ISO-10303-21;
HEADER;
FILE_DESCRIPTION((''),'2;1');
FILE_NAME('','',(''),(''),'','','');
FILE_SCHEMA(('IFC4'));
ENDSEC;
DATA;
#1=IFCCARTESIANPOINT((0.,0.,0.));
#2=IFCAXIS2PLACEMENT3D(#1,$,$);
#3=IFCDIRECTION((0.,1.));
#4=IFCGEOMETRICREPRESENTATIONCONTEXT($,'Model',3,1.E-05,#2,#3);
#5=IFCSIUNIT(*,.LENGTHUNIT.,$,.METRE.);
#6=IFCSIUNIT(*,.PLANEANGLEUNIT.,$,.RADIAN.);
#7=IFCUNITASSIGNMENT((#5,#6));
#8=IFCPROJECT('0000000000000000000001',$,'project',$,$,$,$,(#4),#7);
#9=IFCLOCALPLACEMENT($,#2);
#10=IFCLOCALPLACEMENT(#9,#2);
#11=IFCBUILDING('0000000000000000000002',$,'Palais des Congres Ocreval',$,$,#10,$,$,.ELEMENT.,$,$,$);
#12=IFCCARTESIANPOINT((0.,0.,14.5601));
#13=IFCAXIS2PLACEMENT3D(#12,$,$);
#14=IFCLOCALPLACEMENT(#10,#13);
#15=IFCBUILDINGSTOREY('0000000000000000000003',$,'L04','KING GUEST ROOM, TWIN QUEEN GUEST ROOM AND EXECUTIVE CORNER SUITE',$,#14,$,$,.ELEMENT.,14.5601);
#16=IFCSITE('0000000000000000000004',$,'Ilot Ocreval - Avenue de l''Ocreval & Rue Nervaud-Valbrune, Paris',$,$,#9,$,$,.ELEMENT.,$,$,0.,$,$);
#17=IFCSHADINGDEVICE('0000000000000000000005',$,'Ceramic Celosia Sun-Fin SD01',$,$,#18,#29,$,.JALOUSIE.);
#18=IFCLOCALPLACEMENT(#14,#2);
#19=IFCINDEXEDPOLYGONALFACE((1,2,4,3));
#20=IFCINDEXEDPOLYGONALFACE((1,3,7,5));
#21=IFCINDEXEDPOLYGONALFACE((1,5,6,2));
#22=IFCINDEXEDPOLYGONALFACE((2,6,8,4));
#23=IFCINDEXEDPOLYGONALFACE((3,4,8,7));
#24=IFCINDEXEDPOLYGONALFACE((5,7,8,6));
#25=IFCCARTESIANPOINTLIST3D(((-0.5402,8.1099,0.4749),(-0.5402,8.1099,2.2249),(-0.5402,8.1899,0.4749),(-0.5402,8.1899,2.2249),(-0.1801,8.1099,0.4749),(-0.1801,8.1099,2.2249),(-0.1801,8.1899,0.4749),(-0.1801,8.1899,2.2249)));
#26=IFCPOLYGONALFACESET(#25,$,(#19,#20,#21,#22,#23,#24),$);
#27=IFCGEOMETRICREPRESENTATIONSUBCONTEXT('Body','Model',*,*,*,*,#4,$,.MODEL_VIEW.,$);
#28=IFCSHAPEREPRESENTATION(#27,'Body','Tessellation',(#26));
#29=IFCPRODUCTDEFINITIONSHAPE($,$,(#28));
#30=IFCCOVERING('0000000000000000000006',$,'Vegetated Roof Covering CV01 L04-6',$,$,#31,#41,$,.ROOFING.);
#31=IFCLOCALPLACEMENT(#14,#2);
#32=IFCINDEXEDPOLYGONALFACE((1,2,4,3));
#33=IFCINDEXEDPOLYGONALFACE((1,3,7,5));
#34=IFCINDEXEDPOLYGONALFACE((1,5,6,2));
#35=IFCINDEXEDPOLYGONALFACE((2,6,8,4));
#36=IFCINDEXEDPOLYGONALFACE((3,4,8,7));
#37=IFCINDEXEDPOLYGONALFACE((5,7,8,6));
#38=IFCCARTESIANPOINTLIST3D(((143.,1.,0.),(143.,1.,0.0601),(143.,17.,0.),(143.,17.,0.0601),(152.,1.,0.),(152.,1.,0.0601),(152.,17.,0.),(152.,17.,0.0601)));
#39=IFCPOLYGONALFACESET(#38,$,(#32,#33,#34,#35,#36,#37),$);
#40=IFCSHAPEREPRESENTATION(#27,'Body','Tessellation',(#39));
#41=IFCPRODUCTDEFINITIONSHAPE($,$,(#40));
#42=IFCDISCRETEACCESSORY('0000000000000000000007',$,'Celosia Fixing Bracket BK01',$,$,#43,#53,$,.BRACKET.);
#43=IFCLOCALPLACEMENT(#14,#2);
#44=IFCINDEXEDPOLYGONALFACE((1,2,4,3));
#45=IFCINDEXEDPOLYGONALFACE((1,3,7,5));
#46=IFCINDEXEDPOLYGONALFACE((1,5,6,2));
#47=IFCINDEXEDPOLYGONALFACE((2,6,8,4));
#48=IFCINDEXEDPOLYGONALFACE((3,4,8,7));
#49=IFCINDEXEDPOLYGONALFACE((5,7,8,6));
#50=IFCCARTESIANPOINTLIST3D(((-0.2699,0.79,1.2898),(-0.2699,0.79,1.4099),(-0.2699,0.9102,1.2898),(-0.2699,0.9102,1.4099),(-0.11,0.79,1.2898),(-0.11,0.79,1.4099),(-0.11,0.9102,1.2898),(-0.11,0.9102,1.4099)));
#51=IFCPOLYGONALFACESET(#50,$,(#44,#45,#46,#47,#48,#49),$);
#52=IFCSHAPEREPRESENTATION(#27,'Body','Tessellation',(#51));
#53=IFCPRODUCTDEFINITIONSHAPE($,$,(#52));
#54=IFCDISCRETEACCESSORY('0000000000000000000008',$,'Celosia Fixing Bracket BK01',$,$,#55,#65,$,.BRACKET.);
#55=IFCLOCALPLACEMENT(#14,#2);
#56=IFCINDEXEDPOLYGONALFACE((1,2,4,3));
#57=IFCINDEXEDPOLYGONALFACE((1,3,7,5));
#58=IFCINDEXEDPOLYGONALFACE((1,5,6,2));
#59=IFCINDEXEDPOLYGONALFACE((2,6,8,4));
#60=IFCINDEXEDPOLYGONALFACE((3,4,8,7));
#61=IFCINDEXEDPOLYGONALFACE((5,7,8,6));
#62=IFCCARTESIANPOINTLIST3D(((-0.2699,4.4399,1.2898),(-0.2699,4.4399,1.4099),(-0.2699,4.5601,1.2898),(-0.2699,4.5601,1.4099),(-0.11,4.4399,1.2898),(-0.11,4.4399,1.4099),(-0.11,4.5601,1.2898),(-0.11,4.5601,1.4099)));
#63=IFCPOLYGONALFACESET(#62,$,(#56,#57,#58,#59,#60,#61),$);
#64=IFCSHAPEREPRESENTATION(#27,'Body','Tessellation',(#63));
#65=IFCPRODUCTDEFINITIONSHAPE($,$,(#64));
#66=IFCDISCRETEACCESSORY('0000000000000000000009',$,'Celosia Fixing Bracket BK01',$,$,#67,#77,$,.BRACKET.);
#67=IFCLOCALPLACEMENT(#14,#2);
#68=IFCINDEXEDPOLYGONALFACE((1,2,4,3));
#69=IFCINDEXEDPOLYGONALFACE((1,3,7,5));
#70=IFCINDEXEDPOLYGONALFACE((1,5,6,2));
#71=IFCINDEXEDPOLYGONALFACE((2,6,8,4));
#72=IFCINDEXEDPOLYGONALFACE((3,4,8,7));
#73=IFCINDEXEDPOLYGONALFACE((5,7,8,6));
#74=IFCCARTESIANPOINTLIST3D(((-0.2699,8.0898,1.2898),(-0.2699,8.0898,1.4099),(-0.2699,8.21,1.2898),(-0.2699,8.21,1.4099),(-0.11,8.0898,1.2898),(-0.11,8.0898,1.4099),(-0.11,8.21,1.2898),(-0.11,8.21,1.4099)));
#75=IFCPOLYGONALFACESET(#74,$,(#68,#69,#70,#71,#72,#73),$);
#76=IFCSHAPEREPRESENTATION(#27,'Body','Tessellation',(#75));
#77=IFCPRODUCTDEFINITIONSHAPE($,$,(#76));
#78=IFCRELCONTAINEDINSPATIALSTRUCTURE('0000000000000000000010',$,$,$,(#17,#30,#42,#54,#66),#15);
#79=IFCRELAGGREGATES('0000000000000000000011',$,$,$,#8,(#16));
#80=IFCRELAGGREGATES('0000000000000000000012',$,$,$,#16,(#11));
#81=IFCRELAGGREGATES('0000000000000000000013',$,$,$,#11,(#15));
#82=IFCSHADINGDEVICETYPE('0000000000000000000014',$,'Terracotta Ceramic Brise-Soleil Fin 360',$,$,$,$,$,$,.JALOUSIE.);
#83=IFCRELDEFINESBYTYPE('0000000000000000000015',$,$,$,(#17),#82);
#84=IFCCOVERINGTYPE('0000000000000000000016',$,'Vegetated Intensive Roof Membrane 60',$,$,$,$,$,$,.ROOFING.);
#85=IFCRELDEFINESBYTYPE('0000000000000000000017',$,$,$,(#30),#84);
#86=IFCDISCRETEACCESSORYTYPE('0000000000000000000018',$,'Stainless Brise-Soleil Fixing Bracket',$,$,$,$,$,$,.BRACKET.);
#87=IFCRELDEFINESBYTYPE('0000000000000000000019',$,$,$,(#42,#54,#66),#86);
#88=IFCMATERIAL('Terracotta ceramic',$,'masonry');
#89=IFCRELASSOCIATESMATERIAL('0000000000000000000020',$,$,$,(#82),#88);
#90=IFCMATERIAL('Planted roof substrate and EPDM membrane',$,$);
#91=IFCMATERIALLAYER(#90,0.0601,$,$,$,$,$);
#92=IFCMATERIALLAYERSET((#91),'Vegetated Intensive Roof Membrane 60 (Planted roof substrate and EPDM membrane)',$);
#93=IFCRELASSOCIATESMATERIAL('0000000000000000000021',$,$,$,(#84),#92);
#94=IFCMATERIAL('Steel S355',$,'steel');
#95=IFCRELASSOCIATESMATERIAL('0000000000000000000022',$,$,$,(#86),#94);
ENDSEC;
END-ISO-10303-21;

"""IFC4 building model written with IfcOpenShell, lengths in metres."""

from ifc_helpers import new_model, si_unit, direction, frame, origin, origin_2d, place, context, subcontext, project, spatial, polyline, rectangle, outline, extrude, material, layer, layer_set, type_object, element, save


model = new_model("IFC4")

# Units and contexts
model_context = context("Model", 3, precision=1e-05, world=origin(), true_north=direction((0.0, 1.0)))
body_context = subcontext(model_context, "Body", "Model", "MODEL_VIEW")
ifc_project = project(units=[si_unit("LENGTHUNIT", "METRE"), si_unit("PLANEANGLEUNIT", "RADIAN")], contexts=[model_context])

# Site, building, storey
site_placement = place(None, origin())
site = spatial("IfcSite", under=ifc_project, at=site_placement, Name="Ilot Ocreval - Avenue de l'Ocreval & Rue Nervaud-Valbrune, Paris", CompositionType="ELEMENT", RefElevation=0.0)
building_placement = place(site_placement, origin())
building = spatial("IfcBuilding", under=site, at=building_placement, Name="Palais des Congres Ocreval", CompositionType="ELEMENT")
storey_placement = place(building_placement, frame((0.0, 0.0, 14.5601)))
storey = spatial("IfcBuildingStorey", under=building, at=storey_placement, Name="L04", Description="KING GUEST ROOM, TWIN QUEEN GUEST ROOM AND EXECUTIVE CORNER SUITE", CompositionType="ELEMENT", Elevation=14.5601)

# Shared definitions
ifc_material_1 = material(Name="Steel S355", Category="steel")

# Shading device
ifc_material_2 = material(Name="Terracotta ceramic", Category="masonry")
shading_device_type = type_object("IfcShadingDeviceType", Name="Terracotta Ceramic Brise-Soleil Fin 360", PredefinedType="JALOUSIE", material=ifc_material_2)
for number, where, z_axis, x_axis, name in (
    (1, (-0.3601, 8.1499, 0.4749), (0.0, 0.0, 1.0), (-1.0, 0.0, 0.0), "Ceramic Celosia Sun-Fin SD01"),
):
    element("IfcShadingDevice", number, at=place(storey_placement, frame(where, z_axis=z_axis, x_axis=x_axis)), inside=storey, type_object=shading_device_type, Name=name, PredefinedType="JALOUSIE", context=body_context, shape_type="SweptSolid", body=[
        extrude(rectangle(XDim=0.3601, YDim=0.0801, at=origin_2d()), origin(), (0.0, 0.0, 1.0), 1.75),
    ])

# Covering
ifc_material_3 = material(Name="Planted roof substrate and EPDM membrane")
ifc_layer_1 = layer(ifc_material_3, 0.0601)
ifc_layer_set_1 = layer_set([ifc_layer_1], Name="Vegetated Intensive Roof Membrane 60 (Planted roof substrate and EPDM membrane)")
covering_type = type_object("IfcCoveringType", Name="Vegetated Intensive Roof Membrane 60", PredefinedType="ROOFING", material=ifc_layer_set_1)
covering_placement = place(storey_placement, origin())
element("IfcCovering", 2, at=covering_placement, inside=storey, type_object=covering_type, Name="Vegetated Roof Covering CV01 L04-6", PredefinedType="ROOFING", context=body_context, shape_type="SweptSolid", body=[
    extrude(outline(polyline([(143.0, 1.0), (152.0, 1.0), (152.0, 17.0), (143.0, 17.0), (143.0, 1.0)])), origin(), (0.0, 0.0, 1.0), 0.0601),
])

# Discrete accessories
discrete_accessory_type = type_object("IfcDiscreteAccessoryType", Name="Stainless Brise-Soleil Fixing Bracket", PredefinedType="BRACKET", material=ifc_material_1)
for number, where, z_axis, x_axis, name in (
    (3, (-0.1899, 0.8501, 1.2898), (0.0, 0.0, 1.0), (-1.0, 0.0, 0.0), "Celosia Fixing Bracket BK01"),
    (4, (-0.1899, 4.5, 1.2898), (0.0, 0.0, 1.0), (-1.0, 0.0, 0.0), "Celosia Fixing Bracket BK01"),
    (5, (-0.1899, 8.1499, 1.2898), (0.0, 0.0, 1.0), (-1.0, 0.0, 0.0), "Celosia Fixing Bracket BK01"),
):
    element("IfcDiscreteAccessory", number, at=place(storey_placement, frame(where, z_axis=z_axis, x_axis=x_axis)), inside=storey, type_object=discrete_accessory_type, Name=name, PredefinedType="BRACKET", context=body_context, shape_type="SweptSolid", body=[
        extrude(rectangle(XDim=0.1599, YDim=0.1201, at=origin_2d()), origin(), (0.0, 0.0, 1.0), 0.1201),
    ])

save(model, "model.ifc")
